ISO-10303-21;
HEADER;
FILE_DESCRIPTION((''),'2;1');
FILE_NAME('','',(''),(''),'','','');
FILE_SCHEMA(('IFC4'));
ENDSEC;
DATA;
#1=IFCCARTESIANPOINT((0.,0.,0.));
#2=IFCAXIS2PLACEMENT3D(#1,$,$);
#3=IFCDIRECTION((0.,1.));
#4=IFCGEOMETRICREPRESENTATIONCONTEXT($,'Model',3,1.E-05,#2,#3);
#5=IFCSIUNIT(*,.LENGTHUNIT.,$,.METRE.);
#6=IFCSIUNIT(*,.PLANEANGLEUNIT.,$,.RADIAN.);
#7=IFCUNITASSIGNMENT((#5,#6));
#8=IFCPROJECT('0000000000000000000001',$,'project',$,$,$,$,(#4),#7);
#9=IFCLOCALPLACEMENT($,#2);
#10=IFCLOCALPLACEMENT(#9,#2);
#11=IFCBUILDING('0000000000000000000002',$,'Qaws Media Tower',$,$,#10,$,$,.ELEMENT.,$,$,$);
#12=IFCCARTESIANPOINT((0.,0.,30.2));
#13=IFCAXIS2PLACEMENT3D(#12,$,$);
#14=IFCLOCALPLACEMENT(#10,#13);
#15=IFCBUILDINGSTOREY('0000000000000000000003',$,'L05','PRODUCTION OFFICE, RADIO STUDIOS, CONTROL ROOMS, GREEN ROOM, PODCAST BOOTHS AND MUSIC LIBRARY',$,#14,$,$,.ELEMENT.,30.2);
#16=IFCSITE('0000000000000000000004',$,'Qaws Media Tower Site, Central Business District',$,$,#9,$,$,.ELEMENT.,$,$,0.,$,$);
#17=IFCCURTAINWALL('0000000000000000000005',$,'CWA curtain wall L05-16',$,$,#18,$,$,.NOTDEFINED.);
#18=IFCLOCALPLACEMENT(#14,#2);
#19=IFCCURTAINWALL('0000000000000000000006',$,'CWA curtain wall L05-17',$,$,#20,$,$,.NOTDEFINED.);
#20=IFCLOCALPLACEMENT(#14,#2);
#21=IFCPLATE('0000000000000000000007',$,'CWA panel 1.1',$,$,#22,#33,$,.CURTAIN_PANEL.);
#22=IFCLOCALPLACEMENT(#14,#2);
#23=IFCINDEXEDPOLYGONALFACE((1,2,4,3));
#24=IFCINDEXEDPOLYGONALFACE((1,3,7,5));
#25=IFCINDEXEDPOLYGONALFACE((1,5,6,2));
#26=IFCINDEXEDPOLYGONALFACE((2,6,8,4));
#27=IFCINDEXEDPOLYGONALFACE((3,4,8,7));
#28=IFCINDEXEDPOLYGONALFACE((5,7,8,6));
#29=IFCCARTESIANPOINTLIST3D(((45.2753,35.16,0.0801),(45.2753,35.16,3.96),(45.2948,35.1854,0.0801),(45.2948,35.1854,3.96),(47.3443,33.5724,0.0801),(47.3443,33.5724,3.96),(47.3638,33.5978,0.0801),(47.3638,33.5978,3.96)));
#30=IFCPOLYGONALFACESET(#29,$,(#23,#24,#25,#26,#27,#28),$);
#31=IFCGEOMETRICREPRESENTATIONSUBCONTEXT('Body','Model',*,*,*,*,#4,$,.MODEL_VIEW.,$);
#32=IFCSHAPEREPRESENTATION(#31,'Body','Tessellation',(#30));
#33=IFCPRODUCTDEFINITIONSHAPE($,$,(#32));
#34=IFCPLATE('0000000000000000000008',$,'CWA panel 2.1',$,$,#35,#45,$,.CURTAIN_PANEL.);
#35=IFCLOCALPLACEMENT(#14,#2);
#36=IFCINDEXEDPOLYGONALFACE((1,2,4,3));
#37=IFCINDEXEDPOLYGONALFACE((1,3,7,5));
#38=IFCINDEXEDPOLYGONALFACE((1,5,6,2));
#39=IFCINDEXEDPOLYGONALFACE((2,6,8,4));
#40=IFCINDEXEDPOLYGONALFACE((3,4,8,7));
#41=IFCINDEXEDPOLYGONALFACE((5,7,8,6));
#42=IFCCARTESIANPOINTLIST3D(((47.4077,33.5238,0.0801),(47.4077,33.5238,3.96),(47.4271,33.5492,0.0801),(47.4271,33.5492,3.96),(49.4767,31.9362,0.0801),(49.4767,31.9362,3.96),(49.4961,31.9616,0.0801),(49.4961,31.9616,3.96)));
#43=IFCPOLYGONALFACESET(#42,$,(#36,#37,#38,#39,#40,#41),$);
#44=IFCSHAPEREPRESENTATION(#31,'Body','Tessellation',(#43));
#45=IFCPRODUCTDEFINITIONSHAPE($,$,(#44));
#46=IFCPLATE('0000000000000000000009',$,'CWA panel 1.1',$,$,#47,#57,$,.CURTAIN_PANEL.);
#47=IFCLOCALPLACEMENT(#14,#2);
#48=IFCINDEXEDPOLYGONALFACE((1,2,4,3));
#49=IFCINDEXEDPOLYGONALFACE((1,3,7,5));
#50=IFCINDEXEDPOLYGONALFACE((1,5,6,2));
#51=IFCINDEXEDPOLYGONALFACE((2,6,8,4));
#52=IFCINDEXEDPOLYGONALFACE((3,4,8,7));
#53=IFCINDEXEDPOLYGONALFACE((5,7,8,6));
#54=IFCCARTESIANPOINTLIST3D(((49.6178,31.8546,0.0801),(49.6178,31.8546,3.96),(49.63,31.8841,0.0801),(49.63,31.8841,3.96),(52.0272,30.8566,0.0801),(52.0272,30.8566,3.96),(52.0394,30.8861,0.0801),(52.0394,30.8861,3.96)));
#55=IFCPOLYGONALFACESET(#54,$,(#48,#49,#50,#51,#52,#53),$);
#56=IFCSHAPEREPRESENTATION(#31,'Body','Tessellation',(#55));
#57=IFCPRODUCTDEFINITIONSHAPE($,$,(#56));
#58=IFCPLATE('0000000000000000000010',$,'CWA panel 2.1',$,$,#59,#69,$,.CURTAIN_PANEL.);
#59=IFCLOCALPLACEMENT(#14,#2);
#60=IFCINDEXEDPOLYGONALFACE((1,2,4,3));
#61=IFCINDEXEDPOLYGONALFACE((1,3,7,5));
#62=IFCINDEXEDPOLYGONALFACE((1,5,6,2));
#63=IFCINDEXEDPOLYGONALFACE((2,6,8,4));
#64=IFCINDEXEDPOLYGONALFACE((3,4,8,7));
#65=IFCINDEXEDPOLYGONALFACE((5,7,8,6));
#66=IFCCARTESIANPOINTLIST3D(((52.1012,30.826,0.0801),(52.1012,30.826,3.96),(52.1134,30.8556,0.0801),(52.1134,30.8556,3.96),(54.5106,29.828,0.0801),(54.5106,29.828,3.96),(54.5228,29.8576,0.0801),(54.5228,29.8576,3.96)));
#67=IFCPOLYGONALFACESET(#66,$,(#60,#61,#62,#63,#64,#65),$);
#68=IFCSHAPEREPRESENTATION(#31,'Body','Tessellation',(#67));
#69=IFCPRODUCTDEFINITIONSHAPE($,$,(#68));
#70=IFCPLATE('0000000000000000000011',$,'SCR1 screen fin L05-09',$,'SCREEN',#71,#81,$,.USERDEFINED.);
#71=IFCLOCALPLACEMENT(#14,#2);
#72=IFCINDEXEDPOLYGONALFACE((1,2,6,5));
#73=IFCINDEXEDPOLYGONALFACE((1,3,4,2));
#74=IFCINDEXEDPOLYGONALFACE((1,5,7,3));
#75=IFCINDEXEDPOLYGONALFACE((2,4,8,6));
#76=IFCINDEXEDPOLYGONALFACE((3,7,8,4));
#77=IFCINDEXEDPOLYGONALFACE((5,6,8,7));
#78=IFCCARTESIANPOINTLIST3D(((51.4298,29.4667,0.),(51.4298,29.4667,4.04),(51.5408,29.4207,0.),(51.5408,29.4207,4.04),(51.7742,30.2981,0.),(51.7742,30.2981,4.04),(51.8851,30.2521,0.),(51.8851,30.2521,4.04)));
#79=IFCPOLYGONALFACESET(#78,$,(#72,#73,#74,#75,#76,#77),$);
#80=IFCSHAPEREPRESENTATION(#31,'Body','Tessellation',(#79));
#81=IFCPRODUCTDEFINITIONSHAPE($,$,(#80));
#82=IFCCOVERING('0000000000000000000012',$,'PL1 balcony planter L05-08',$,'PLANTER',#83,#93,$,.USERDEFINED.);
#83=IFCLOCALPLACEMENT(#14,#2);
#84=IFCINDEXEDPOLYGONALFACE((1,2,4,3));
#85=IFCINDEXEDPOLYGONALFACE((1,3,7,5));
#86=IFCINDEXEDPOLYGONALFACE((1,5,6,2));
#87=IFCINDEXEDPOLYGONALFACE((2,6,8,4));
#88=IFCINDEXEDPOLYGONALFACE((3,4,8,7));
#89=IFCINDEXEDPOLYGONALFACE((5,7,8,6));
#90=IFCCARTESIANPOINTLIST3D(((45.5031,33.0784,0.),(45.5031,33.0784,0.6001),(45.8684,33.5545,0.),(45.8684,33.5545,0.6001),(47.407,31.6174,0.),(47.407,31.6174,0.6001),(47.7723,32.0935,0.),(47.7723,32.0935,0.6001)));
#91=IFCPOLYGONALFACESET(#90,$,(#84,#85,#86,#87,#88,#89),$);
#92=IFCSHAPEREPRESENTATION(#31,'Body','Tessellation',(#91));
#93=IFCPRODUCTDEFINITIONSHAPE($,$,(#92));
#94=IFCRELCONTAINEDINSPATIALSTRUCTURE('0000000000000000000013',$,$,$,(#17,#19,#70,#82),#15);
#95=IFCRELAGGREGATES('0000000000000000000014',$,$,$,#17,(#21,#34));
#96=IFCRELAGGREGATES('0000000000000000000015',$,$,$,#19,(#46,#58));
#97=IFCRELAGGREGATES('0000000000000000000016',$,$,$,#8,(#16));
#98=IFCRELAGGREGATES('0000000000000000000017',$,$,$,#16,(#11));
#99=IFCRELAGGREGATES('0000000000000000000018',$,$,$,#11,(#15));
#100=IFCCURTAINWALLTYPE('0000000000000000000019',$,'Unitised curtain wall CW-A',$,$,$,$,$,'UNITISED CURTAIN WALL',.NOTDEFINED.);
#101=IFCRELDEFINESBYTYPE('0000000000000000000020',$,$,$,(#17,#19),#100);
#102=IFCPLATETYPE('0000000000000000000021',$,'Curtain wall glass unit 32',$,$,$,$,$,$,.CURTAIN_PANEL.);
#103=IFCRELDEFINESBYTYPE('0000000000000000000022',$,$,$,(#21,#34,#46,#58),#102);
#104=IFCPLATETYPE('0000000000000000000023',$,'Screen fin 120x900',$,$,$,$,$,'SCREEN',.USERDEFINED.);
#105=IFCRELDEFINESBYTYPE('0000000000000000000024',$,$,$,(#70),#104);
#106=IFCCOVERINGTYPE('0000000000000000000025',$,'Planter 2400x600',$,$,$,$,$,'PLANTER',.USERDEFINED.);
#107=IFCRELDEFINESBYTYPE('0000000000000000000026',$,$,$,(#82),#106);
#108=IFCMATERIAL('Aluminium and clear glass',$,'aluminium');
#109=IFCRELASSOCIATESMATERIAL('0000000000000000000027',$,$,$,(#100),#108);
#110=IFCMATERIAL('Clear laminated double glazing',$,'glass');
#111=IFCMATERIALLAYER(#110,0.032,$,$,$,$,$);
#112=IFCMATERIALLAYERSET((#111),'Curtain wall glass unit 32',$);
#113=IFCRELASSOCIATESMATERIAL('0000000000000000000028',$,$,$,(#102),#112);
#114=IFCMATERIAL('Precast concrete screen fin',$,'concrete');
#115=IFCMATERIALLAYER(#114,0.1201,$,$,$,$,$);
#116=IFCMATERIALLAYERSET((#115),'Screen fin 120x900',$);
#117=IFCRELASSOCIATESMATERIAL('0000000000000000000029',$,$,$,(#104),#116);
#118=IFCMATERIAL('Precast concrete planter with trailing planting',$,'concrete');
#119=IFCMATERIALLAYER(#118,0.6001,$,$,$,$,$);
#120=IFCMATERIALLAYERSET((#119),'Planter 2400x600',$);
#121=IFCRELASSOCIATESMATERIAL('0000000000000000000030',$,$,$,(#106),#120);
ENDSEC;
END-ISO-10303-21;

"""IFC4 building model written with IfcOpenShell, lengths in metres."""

from ifc_helpers import new_model, si_unit, direction, frame, origin, origin_2d, place, context, subcontext, project, spatial, rectangle, extrude, material, layer, layer_set, type_object, element, aggregate, save


model = new_model("IFC4")

# Units and contexts
model_context = context("Model", 3, precision=1e-05, world=origin(), true_north=direction((0.0, 1.0)))
body_context = subcontext(model_context, "Body", "Model", "MODEL_VIEW")
ifc_project = project(units=[si_unit("LENGTHUNIT", "METRE"), si_unit("PLANEANGLEUNIT", "RADIAN")], contexts=[model_context])

# Site, building, storey
site_placement = place(None, origin())
site = spatial("IfcSite", under=ifc_project, at=site_placement, Name="Qaws Media Tower Site, Central Business District", CompositionType="ELEMENT", RefElevation=0.0)
building_placement = place(site_placement, origin())
building = spatial("IfcBuilding", under=site, at=building_placement, Name="Qaws Media Tower", CompositionType="ELEMENT")
storey_placement = place(building_placement, frame((0.0, 0.0, 30.2)))
storey = spatial("IfcBuildingStorey", under=building, at=storey_placement, Name="L05", Description="PRODUCTION OFFICE, RADIO STUDIOS, CONTROL ROOMS, GREEN ROOM, PODCAST BOOTHS AND MUSIC LIBRARY", CompositionType="ELEMENT", Elevation=30.2)

# Curtain walls
ifc_material_1 = material(Name="Aluminium and clear glass", Category="aluminium")
curtain_wall_type = type_object("IfcCurtainWallType", Name="Unitised curtain wall CW-A", ElementType="UNITISED CURTAIN WALL", PredefinedType="NOTDEFINED", material=ifc_material_1)
curtain_wall_1_placement = place(storey_placement, origin())
curtain_wall_1 = element("IfcCurtainWall", 1, at=curtain_wall_1_placement, inside=storey, type_object=curtain_wall_type, Name="CWA curtain wall L05-16", PredefinedType="NOTDEFINED")
curtain_wall_2_placement = place(storey_placement, origin())
curtain_wall_2 = element("IfcCurtainWall", 2, at=curtain_wall_2_placement, inside=storey, type_object=curtain_wall_type, Name="CWA curtain wall L05-17", PredefinedType="NOTDEFINED")

# Plates
ifc_material_2 = material(Name="Clear laminated double glazing", Category="glass")
ifc_layer_1 = layer(ifc_material_2, 0.032)
ifc_layer_set_1 = layer_set([ifc_layer_1], Name="Curtain wall glass unit 32")
plate_type_1 = type_object("IfcPlateType", Name="Curtain wall glass unit 32", PredefinedType="CURTAIN_PANEL", material=ifc_layer_set_1)
plate_1_placement = place(storey_placement, frame((46.3196, 34.3789, 0.0801), z_axis=(0.0, 0.0, 1.0), x_axis=(0.793353, -0.608761, 0.0)))
plate_1 = element("IfcPlate", 3, at=plate_1_placement, type_object=plate_type_1, Name="CWA panel 1.1", PredefinedType="CURTAIN_PANEL", context=body_context, shape_type="SweptSolid", body=[
    extrude(rectangle(XDim=2.6079, YDim=0.032, at=origin_2d()), origin(), (0.0, 0.0, 1.0), 3.8799),
])
plate_2_placement = place(storey_placement, frame((48.4519, 32.7427, 0.0801), z_axis=(0.0, 0.0, 1.0), x_axis=(0.793353, -0.608761, 0.0)))
plate_2 = element("IfcPlate", 4, at=plate_2_placement, type_object=plate_type_1, Name="CWA panel 2.1", PredefinedType="CURTAIN_PANEL", context=body_context, shape_type="SweptSolid", body=[
    extrude(rectangle(XDim=2.6079, YDim=0.032, at=origin_2d()), origin(), (0.0, 0.0, 1.0), 3.8799),
])
aggregate(curtain_wall_1, [plate_1, plate_2])
plate_3_placement = place(storey_placement, frame((50.8286, 31.3704, 0.0801), z_axis=(0.0, 0.0, 1.0), x_axis=(0.92388, -0.382683, 0.0)))
plate_3 = element("IfcPlate", 5, at=plate_3_placement, type_object=plate_type_1, Name="CWA panel 1.1", PredefinedType="CURTAIN_PANEL", context=body_context, shape_type="SweptSolid", body=[
    extrude(rectangle(XDim=2.6079, YDim=0.032, at=origin_2d()), origin(), (0.0, 0.0, 1.0), 3.8799),
])
plate_4_placement = place(storey_placement, frame((53.312, 30.3418, 0.0801), z_axis=(0.0, 0.0, 1.0), x_axis=(0.92388, -0.382683, 0.0)))
plate_4 = element("IfcPlate", 6, at=plate_4_placement, type_object=plate_type_1, Name="CWA panel 2.1", PredefinedType="CURTAIN_PANEL", context=body_context, shape_type="SweptSolid", body=[
    extrude(rectangle(XDim=2.6079, YDim=0.032, at=origin_2d()), origin(), (0.0, 0.0, 1.0), 3.8799),
])
aggregate(curtain_wall_2, [plate_3, plate_4])
ifc_material_3 = material(Name="Precast concrete screen fin", Category="concrete")
ifc_layer_2 = layer(ifc_material_3, 0.1201)
ifc_layer_set_2 = layer_set([ifc_layer_2], Name="Screen fin 120x900")
plate_type_2 = type_object("IfcPlateType", Name="Screen fin 120x900", ElementType="SCREEN", PredefinedType="USERDEFINED", material=ifc_layer_set_2)
plate_5_placement = place(storey_placement, frame((51.6575, 29.8594, 0.0), z_axis=(0.0, 0.0, 1.0), x_axis=(-0.382683, -0.92388, 0.0)))
element("IfcPlate", 7, at=plate_5_placement, inside=storey, type_object=plate_type_2, Name="SCR1 screen fin L05-09", ObjectType="SCREEN", PredefinedType="USERDEFINED", context=body_context, shape_type="SweptSolid", body=[
    extrude(rectangle(XDim=0.8999, YDim=0.1201, at=origin_2d()), origin(), (0.0, 0.0, 1.0), 4.04),
])

# Covering
ifc_material_4 = material(Name="Precast concrete planter with trailing planting", Category="concrete")
ifc_layer_3 = layer(ifc_material_4, 0.6001)
ifc_layer_set_3 = layer_set([ifc_layer_3], Name="Planter 2400x600")
covering_type = type_object("IfcCoveringType", Name="Planter 2400x600", ElementType="PLANTER", PredefinedType="USERDEFINED", material=ifc_layer_set_3)
covering_placement = place(storey_placement, frame((46.6377, 32.5859, 0.0), z_axis=(0.0, 0.0, 1.0), x_axis=(0.793353, -0.608761, 0.0)))
element("IfcCovering", 8, at=covering_placement, inside=storey, type_object=covering_type, Name="PL1 balcony planter L05-08", ObjectType="PLANTER", PredefinedType="USERDEFINED", context=body_context, shape_type="SweptSolid", body=[
    extrude(rectangle(XDim=2.3999, YDim=0.6001, at=origin_2d()), origin(), (0.0, 0.0, 1.0), 0.6001),
])

save(model, "model.ifc")
